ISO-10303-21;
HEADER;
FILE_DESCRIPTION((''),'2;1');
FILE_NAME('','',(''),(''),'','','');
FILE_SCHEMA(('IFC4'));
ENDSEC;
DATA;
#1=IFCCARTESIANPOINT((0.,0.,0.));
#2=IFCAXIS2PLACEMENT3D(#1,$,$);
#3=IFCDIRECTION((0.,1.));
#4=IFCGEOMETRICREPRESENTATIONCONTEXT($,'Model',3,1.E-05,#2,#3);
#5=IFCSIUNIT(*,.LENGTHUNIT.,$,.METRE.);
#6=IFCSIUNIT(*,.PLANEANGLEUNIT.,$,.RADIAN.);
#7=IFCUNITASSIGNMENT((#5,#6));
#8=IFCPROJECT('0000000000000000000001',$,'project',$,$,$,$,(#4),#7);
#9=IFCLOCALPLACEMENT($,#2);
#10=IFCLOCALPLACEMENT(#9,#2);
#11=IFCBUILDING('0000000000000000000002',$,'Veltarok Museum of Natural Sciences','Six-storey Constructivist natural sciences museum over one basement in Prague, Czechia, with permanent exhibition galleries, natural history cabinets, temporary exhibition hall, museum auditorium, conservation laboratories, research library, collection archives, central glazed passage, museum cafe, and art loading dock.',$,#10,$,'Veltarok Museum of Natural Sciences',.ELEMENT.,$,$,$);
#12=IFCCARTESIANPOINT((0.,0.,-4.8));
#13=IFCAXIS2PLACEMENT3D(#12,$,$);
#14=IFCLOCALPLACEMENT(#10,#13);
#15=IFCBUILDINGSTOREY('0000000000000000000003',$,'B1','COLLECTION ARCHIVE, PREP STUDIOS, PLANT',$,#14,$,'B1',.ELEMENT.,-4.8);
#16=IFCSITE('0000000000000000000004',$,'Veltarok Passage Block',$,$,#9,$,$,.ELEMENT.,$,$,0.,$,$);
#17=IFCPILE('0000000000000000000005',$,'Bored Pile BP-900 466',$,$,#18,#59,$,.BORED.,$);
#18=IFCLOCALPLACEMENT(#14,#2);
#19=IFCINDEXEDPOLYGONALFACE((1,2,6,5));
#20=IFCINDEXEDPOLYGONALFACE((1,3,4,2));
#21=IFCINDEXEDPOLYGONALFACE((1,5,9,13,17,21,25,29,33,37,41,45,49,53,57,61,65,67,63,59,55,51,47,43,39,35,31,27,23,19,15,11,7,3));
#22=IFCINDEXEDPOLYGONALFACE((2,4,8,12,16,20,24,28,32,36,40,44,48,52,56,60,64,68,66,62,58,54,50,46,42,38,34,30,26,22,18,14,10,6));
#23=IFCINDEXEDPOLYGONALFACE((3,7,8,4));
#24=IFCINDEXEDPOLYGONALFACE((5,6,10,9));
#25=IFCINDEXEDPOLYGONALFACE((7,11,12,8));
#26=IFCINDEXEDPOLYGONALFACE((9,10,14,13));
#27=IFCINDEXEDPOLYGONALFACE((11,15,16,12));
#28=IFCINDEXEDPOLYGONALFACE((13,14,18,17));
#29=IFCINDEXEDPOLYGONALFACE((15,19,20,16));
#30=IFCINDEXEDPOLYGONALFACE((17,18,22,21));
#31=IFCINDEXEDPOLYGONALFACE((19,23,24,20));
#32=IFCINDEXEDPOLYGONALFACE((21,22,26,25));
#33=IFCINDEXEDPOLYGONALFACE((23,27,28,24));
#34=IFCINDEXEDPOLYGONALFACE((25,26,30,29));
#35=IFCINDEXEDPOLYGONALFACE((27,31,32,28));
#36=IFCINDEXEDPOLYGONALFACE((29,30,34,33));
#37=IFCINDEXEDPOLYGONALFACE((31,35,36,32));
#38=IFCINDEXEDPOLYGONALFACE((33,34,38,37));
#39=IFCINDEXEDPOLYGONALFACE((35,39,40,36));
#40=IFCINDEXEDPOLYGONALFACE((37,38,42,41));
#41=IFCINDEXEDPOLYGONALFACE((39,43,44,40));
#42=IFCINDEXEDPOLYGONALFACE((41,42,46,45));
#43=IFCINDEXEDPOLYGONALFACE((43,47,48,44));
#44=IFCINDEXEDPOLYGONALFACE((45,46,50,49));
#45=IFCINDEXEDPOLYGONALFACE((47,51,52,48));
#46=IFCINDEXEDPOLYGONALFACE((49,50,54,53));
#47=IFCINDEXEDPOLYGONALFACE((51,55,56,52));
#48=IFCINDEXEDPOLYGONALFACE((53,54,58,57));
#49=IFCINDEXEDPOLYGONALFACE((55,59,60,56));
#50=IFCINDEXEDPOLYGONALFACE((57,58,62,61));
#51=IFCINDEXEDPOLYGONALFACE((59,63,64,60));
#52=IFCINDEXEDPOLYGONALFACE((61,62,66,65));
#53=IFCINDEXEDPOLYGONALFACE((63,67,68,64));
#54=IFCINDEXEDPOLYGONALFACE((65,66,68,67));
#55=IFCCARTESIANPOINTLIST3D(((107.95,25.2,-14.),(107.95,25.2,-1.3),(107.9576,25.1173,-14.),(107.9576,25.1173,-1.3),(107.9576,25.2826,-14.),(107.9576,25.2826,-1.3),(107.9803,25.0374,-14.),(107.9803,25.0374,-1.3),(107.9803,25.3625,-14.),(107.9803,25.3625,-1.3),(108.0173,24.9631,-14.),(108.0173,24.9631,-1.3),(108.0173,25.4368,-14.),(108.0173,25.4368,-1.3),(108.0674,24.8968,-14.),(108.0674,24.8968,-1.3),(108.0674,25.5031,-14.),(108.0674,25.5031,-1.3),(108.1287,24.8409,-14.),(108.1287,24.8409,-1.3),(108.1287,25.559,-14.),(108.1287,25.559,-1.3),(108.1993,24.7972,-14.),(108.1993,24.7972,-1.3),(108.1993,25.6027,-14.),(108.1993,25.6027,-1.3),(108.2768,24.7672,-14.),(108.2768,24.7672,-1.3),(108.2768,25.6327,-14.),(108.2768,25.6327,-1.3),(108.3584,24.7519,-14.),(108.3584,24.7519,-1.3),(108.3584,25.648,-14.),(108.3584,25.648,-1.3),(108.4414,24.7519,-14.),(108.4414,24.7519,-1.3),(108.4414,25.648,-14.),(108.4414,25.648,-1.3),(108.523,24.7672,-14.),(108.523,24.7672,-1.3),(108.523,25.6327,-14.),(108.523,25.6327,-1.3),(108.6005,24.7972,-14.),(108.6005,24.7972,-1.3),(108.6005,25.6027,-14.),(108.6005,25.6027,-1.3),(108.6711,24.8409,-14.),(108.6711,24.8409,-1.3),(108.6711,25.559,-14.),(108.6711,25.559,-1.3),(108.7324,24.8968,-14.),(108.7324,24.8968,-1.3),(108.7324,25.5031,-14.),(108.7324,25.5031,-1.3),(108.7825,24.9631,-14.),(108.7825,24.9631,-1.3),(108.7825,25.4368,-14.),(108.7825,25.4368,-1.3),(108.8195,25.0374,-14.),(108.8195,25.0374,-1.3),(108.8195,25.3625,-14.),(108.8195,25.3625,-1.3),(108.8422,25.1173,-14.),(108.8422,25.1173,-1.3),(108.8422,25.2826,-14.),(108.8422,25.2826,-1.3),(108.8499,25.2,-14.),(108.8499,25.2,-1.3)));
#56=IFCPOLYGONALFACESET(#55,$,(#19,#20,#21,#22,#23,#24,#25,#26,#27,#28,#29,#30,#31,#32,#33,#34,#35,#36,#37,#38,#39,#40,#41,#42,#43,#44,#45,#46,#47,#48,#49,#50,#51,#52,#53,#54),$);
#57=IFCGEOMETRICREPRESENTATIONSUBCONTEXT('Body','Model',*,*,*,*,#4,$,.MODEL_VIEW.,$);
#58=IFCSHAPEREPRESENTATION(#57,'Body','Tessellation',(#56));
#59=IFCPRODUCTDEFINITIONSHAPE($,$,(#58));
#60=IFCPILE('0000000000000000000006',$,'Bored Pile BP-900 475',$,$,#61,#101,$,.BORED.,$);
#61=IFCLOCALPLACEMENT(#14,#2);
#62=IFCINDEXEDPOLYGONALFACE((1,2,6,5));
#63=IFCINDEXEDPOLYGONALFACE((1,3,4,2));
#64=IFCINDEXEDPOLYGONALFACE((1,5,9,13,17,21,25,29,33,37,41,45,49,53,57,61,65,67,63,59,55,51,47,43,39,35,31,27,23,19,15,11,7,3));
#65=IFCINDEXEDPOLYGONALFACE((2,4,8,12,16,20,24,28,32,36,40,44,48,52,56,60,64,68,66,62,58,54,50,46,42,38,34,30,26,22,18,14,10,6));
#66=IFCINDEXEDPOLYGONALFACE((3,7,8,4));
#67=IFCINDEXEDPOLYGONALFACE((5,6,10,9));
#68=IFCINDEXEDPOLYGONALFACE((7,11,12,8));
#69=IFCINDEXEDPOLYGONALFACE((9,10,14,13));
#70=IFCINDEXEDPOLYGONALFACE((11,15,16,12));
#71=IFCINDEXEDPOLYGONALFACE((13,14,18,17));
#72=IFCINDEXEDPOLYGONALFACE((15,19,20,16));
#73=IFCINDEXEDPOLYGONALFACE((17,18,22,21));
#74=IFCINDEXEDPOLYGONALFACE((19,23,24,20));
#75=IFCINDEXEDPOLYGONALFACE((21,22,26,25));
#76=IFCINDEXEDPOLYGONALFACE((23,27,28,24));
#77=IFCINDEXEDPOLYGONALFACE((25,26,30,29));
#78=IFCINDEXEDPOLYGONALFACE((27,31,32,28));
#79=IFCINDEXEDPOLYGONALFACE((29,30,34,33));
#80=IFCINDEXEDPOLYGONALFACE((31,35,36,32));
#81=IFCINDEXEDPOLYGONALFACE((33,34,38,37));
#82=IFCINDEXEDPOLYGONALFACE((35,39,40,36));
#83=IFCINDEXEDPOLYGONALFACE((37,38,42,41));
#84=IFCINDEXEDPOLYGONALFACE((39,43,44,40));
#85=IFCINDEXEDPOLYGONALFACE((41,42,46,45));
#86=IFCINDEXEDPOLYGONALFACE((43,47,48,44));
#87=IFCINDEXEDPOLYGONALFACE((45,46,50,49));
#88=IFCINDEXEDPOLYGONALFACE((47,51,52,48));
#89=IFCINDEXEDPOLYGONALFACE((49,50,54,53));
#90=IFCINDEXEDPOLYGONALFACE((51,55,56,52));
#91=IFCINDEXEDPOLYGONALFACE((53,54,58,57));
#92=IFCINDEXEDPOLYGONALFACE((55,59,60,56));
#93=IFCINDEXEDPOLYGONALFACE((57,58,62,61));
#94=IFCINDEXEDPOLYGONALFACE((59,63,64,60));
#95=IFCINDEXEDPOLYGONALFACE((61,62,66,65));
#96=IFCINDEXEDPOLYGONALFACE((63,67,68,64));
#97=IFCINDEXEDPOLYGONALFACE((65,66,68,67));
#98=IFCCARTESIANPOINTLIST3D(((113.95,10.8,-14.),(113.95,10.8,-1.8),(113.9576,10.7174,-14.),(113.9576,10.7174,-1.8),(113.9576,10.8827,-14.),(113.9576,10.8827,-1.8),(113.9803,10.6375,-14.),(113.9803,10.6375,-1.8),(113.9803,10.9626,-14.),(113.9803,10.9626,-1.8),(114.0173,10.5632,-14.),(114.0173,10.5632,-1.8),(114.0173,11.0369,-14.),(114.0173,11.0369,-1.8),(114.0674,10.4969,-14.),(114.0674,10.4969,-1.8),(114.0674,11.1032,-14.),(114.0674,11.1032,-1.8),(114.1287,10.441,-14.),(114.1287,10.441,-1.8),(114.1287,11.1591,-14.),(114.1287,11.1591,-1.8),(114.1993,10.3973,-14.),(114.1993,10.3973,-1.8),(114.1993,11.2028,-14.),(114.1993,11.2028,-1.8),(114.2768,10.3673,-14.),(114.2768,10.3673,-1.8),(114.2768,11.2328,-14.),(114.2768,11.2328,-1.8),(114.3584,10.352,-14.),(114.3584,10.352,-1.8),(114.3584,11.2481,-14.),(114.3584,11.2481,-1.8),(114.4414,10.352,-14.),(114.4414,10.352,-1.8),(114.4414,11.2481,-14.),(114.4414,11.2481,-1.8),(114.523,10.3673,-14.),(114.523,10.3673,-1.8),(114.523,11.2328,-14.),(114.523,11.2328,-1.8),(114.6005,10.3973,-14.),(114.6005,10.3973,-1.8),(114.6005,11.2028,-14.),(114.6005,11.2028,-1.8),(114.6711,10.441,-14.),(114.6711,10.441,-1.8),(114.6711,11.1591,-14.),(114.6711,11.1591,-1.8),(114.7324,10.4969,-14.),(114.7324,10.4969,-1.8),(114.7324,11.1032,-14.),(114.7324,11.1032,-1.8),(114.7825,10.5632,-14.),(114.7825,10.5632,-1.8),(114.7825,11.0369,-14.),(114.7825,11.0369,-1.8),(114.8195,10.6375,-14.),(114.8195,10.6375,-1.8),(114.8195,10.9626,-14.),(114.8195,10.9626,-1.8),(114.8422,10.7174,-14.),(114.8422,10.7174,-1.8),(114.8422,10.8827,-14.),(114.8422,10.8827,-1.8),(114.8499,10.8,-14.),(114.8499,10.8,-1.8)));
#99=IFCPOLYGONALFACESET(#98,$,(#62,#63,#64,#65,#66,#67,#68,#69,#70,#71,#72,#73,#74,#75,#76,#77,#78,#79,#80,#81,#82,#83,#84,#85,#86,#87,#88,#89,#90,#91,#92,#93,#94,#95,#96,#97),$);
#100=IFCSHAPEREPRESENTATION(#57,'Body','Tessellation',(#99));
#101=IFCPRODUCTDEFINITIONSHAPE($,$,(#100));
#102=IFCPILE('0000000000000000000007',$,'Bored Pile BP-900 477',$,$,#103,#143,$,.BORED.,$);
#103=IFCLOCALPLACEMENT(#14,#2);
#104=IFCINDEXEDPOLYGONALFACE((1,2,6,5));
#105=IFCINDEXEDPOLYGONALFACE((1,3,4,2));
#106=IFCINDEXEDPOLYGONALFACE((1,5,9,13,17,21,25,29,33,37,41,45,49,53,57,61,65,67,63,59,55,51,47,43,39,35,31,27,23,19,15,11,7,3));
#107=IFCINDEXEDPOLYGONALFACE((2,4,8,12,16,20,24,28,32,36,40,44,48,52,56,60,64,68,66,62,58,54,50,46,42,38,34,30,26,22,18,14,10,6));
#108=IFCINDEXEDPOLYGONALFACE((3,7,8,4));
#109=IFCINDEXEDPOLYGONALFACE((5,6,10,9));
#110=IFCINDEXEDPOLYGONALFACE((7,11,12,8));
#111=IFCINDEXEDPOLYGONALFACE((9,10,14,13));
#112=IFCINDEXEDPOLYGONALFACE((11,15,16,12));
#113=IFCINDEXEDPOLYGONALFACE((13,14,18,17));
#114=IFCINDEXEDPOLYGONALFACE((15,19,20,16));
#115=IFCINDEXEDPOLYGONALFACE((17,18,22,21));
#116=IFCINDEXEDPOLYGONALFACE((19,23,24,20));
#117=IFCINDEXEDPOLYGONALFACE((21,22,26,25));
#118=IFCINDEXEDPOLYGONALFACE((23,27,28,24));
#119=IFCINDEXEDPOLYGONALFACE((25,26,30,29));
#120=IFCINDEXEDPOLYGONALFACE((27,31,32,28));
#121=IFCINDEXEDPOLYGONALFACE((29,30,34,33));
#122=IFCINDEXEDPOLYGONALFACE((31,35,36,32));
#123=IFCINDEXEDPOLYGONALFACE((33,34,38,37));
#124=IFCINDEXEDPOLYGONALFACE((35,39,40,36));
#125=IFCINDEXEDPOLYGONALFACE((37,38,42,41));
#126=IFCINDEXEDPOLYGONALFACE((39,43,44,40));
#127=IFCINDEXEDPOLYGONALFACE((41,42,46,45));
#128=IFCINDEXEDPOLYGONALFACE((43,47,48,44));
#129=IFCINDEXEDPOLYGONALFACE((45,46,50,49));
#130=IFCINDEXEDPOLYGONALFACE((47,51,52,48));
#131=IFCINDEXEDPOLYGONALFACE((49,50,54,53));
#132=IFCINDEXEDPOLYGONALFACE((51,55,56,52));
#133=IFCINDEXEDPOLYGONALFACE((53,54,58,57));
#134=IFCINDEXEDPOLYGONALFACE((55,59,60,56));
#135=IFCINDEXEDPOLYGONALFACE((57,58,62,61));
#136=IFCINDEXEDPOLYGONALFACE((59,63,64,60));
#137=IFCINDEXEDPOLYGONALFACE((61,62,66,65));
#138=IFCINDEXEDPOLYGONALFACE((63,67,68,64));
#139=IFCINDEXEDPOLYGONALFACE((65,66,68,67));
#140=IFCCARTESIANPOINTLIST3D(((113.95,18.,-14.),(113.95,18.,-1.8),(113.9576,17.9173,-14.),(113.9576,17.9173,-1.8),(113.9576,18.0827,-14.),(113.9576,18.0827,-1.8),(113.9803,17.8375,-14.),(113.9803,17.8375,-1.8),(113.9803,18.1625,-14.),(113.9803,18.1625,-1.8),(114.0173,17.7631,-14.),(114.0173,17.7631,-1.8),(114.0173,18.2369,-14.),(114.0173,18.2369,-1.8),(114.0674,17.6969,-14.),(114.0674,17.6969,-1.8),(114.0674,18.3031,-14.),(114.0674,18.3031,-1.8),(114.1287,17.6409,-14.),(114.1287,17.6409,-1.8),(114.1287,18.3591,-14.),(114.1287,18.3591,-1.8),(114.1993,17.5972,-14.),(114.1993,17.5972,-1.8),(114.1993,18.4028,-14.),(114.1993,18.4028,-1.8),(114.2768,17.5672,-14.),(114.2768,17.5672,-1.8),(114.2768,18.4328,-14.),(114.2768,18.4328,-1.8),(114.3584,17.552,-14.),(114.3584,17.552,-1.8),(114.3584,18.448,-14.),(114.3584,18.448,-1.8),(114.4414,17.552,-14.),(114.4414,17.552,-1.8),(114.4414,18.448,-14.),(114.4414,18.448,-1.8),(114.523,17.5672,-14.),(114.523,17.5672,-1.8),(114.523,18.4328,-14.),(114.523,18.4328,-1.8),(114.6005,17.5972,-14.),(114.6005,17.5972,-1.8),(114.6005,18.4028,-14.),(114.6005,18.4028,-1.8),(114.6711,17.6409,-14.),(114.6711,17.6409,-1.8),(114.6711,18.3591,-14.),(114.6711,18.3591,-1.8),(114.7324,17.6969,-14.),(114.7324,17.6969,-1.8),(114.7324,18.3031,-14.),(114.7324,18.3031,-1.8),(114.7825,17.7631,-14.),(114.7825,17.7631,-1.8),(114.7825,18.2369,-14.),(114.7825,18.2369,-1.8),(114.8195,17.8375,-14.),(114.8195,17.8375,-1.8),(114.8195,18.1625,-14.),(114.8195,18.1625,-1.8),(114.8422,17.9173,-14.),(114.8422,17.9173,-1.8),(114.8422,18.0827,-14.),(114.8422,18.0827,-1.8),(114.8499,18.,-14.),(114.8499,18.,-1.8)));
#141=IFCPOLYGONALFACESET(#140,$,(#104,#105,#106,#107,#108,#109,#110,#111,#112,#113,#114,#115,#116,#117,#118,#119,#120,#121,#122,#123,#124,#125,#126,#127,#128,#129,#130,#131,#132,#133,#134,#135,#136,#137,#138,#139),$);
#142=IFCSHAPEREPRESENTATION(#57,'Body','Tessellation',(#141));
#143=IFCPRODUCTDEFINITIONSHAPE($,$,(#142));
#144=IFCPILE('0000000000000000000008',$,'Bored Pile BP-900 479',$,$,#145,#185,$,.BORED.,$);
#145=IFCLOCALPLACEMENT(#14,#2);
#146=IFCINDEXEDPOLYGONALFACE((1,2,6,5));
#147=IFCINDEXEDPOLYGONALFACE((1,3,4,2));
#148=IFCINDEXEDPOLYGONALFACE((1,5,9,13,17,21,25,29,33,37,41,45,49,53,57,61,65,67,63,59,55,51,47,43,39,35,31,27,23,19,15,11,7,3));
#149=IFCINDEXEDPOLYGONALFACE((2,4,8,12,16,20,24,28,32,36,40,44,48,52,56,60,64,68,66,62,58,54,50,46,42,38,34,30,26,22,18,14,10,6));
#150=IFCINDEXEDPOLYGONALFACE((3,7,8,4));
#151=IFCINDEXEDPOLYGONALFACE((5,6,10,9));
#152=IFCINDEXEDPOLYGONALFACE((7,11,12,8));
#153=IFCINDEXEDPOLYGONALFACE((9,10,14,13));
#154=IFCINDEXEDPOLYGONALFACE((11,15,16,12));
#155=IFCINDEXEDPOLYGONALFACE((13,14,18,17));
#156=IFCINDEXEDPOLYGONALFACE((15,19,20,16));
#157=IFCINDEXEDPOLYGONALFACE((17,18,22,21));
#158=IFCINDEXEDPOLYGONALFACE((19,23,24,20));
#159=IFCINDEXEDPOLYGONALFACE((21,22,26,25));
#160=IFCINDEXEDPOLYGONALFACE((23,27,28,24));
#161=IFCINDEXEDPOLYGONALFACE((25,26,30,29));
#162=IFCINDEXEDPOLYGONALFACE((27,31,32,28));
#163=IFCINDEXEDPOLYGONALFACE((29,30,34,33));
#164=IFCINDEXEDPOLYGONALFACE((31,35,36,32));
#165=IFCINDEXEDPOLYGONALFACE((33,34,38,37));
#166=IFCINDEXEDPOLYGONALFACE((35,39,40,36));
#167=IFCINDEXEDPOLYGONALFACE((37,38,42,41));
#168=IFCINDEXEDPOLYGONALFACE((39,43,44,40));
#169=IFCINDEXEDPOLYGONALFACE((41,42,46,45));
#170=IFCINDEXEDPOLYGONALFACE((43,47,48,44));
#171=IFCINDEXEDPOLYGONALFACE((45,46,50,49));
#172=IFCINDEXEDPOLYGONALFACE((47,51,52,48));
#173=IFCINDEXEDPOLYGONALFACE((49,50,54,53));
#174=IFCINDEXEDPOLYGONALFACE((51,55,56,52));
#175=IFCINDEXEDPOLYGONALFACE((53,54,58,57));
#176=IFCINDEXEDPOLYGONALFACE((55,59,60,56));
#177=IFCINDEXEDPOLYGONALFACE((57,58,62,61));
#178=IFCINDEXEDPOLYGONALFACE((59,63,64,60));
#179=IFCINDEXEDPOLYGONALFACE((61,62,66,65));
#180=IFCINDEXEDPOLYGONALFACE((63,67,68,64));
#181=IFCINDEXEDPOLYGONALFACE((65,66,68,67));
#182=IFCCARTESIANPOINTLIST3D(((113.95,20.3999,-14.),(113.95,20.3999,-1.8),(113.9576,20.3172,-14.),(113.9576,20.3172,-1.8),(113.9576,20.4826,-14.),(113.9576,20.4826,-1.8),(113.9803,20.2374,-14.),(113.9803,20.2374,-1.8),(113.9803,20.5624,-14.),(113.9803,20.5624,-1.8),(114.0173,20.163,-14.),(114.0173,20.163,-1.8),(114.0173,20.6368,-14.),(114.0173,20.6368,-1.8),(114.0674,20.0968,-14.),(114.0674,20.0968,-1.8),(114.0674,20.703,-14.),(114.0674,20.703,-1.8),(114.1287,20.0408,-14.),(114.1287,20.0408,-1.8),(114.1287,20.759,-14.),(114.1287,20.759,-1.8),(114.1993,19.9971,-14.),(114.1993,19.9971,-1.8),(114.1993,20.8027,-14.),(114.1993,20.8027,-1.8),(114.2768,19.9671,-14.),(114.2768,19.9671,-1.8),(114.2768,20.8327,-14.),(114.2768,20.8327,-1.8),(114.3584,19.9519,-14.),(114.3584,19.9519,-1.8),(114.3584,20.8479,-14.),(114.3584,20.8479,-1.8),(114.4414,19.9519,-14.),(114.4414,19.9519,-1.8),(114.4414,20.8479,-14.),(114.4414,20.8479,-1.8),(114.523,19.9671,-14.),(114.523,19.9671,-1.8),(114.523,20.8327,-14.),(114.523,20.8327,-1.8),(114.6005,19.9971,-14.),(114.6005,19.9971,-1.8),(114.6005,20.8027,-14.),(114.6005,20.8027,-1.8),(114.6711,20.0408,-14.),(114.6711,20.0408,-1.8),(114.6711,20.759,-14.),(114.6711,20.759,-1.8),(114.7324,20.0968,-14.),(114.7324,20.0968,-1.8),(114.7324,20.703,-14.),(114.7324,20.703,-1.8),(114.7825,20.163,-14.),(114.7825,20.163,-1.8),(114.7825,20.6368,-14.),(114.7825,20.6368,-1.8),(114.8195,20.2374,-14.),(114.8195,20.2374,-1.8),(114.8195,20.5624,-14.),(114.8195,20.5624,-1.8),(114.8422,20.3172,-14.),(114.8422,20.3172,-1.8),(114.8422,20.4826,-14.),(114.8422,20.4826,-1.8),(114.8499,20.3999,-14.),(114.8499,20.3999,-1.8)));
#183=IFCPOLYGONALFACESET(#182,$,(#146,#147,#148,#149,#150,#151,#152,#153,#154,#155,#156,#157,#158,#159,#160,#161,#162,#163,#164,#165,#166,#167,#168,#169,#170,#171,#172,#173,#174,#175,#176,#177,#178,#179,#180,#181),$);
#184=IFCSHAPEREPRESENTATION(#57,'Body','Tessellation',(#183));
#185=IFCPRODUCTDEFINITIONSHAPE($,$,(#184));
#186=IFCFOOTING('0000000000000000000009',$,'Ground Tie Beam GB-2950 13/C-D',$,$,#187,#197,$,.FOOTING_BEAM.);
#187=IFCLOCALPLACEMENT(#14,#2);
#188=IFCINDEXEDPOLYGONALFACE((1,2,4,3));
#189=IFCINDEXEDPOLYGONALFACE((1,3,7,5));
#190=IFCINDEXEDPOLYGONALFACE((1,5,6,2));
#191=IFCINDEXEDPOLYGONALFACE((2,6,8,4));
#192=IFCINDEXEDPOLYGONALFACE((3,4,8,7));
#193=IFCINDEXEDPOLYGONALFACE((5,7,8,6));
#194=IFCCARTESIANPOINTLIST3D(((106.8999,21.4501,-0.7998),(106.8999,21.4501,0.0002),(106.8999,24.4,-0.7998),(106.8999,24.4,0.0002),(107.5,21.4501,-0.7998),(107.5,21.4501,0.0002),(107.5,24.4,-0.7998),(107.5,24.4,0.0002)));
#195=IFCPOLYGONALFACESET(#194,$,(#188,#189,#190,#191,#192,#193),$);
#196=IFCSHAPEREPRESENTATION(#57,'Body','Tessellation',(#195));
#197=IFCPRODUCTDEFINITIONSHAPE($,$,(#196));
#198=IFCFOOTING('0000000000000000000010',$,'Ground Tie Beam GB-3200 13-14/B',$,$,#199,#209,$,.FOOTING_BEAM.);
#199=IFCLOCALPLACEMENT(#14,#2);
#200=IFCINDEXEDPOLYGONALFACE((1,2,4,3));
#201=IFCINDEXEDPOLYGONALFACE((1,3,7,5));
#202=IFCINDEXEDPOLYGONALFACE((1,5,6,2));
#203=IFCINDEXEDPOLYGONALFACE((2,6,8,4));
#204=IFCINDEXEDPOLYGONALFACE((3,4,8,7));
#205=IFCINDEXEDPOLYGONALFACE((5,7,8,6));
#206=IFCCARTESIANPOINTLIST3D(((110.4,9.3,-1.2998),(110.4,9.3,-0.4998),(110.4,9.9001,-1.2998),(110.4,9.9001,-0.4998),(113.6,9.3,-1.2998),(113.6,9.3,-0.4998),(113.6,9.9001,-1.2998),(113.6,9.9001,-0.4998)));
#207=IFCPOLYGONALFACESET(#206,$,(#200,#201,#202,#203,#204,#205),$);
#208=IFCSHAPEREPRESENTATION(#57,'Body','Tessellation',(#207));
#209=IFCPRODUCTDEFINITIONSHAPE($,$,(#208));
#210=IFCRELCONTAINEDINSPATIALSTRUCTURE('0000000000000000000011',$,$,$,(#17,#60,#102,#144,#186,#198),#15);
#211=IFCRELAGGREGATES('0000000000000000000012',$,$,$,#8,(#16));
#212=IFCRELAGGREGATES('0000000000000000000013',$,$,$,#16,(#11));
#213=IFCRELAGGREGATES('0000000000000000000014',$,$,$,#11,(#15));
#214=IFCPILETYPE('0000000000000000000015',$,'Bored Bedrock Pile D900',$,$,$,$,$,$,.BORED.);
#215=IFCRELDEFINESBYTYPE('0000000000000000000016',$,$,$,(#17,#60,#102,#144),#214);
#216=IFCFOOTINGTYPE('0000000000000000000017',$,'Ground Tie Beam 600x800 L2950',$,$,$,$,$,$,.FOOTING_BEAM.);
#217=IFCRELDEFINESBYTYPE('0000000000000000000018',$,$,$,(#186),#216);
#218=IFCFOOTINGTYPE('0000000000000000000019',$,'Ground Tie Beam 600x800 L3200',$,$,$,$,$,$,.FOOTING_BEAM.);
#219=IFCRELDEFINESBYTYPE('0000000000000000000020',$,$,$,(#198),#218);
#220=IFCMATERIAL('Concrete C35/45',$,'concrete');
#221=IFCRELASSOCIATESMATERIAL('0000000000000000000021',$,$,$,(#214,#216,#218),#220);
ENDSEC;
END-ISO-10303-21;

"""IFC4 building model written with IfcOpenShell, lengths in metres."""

from ifc_helpers import new_model, si_unit, direction, frame, origin, origin_2d, place, context, subcontext, project, spatial, rectangle, circle, extrude, material, material_profile, profile_set, type_object, element, save


model = new_model("IFC4")

# Units and contexts
model_context = context("Model", 3, precision=1e-05, world=origin(), true_north=direction((0.0, 1.0)))
body_context = subcontext(model_context, "Body", "Model", "MODEL_VIEW")
ifc_project = project(units=[si_unit("LENGTHUNIT", "METRE"), si_unit("PLANEANGLEUNIT", "RADIAN")], contexts=[model_context])

# Site, building, storey
site_placement = place(None, origin())
site = spatial("IfcSite", under=ifc_project, at=site_placement, Name="Veltarok Passage Block", CompositionType="ELEMENT", RefElevation=0.0)
building_placement = place(site_placement, origin())
building = spatial("IfcBuilding", under=site, at=building_placement, Name="Veltarok Museum of Natural Sciences", Description="Six-storey Constructivist natural sciences museum over one basement in Prague, Czechia, with permanent exhibition galleries, natural history cabinets, temporary exhibition hall, museum auditorium, conservation laboratories, research library, collection archives, central glazed passage, museum cafe, and art loading dock.", LongName="Veltarok Museum of Natural Sciences", CompositionType="ELEMENT")
storey_placement = place(building_placement, frame((0.0, 0.0, -4.8)))
storey = spatial("IfcBuildingStorey", under=building, at=storey_placement, Name="B1", Description="COLLECTION ARCHIVE, PREP STUDIOS, PLANT", LongName="B1", CompositionType="ELEMENT", Elevation=-4.8)

# Piles
ifc_material_1 = material(Name="Concrete C35/45", Category="concrete")
ifc_material_profile_1 = material_profile(ifc_material_1, circle(Radius=0.45, at=origin_2d()), Name="BP D900")
ifc_profile_set_1 = profile_set([ifc_material_profile_1], Name="Concrete C35/45")
pile_type_1 = type_object("IfcPileType", Name="Bored Bedrock Pile D900", PredefinedType="BORED", material=ifc_profile_set_1)
for number, where, z_axis, x_axis, name in (
    (1, (108.3999, 25.2, -1.3), (0.0, 0.0, -1.0), (1.0, 0.0, 0.0), "Bored Pile BP-900 466"),
):
    element("IfcPile", number, at=place(storey_placement, frame(where, z_axis=z_axis, x_axis=x_axis)), inside=storey, type_object=pile_type_1, Name=name, PredefinedType="BORED", context=body_context, shape_type="SweptSolid", body=[
        extrude(circle(Radius=0.45, at=origin_2d()), origin(), (0.0, 0.0, 1.0), 12.7),
    ])
for number, where, z_axis, x_axis, name in (
    (2, (114.3999, 10.8, -1.8), (0.0, 0.0, -1.0), (1.0, 0.0, 0.0), "Bored Pile BP-900 475"),
    (3, (114.3999, 18.0, -1.8), (0.0, 0.0, -1.0), (1.0, 0.0, 0.0), "Bored Pile BP-900 477"),
    (4, (114.3999, 20.3999, -1.8), (0.0, 0.0, -1.0), (1.0, 0.0, 0.0), "Bored Pile BP-900 479"),
):
    element("IfcPile", number, at=place(storey_placement, frame(where, z_axis=z_axis, x_axis=x_axis)), inside=storey, type_object=pile_type_1, Name=name, PredefinedType="BORED", context=body_context, shape_type="SweptSolid", body=[
        extrude(circle(Radius=0.45, at=origin_2d()), origin(), (0.0, 0.0, 1.0), 12.2),
    ])

# Footings
footing_type_1 = type_object("IfcFootingType", Name="Ground Tie Beam 600x800 L2950", PredefinedType="FOOTING_BEAM", material=ifc_material_1)
footing_1_placement = place(storey_placement, frame((107.2, 22.925, -0.7998), z_axis=(0.0, 0.0, 1.0), x_axis=(0.0, 1.0, 0.0)))
element("IfcFooting", 5, at=footing_1_placement, inside=storey, type_object=footing_type_1, Name="Ground Tie Beam GB-2950 13/C-D", PredefinedType="FOOTING_BEAM", context=body_context, shape_type="SweptSolid", body=[
    extrude(rectangle(XDim=2.95, YDim=0.6001, at=origin_2d()), origin(), (0.0, 0.0, 1.0), 0.8),
])
footing_type_2 = type_object("IfcFootingType", Name="Ground Tie Beam 600x800 L3200", PredefinedType="FOOTING_BEAM", material=ifc_material_1)
for number, where, z_axis, x_axis, name in (
    (6, (112.0, 9.6001, -1.2998), (0.0, 0.0, 1.0), (1.0, 0.0, 0.0), "Ground Tie Beam GB-3200 13-14/B"),
):
    element("IfcFooting", number, at=place(storey_placement, frame(where, z_axis=z_axis, x_axis=x_axis)), inside=storey, type_object=footing_type_2, Name=name, PredefinedType="FOOTING_BEAM", context=body_context, shape_type="SweptSolid", body=[
        extrude(rectangle(XDim=3.2, YDim=0.6001, at=origin_2d()), origin(), (0.0, 0.0, 1.0), 0.8),
    ])

save(model, "model.ifc")
